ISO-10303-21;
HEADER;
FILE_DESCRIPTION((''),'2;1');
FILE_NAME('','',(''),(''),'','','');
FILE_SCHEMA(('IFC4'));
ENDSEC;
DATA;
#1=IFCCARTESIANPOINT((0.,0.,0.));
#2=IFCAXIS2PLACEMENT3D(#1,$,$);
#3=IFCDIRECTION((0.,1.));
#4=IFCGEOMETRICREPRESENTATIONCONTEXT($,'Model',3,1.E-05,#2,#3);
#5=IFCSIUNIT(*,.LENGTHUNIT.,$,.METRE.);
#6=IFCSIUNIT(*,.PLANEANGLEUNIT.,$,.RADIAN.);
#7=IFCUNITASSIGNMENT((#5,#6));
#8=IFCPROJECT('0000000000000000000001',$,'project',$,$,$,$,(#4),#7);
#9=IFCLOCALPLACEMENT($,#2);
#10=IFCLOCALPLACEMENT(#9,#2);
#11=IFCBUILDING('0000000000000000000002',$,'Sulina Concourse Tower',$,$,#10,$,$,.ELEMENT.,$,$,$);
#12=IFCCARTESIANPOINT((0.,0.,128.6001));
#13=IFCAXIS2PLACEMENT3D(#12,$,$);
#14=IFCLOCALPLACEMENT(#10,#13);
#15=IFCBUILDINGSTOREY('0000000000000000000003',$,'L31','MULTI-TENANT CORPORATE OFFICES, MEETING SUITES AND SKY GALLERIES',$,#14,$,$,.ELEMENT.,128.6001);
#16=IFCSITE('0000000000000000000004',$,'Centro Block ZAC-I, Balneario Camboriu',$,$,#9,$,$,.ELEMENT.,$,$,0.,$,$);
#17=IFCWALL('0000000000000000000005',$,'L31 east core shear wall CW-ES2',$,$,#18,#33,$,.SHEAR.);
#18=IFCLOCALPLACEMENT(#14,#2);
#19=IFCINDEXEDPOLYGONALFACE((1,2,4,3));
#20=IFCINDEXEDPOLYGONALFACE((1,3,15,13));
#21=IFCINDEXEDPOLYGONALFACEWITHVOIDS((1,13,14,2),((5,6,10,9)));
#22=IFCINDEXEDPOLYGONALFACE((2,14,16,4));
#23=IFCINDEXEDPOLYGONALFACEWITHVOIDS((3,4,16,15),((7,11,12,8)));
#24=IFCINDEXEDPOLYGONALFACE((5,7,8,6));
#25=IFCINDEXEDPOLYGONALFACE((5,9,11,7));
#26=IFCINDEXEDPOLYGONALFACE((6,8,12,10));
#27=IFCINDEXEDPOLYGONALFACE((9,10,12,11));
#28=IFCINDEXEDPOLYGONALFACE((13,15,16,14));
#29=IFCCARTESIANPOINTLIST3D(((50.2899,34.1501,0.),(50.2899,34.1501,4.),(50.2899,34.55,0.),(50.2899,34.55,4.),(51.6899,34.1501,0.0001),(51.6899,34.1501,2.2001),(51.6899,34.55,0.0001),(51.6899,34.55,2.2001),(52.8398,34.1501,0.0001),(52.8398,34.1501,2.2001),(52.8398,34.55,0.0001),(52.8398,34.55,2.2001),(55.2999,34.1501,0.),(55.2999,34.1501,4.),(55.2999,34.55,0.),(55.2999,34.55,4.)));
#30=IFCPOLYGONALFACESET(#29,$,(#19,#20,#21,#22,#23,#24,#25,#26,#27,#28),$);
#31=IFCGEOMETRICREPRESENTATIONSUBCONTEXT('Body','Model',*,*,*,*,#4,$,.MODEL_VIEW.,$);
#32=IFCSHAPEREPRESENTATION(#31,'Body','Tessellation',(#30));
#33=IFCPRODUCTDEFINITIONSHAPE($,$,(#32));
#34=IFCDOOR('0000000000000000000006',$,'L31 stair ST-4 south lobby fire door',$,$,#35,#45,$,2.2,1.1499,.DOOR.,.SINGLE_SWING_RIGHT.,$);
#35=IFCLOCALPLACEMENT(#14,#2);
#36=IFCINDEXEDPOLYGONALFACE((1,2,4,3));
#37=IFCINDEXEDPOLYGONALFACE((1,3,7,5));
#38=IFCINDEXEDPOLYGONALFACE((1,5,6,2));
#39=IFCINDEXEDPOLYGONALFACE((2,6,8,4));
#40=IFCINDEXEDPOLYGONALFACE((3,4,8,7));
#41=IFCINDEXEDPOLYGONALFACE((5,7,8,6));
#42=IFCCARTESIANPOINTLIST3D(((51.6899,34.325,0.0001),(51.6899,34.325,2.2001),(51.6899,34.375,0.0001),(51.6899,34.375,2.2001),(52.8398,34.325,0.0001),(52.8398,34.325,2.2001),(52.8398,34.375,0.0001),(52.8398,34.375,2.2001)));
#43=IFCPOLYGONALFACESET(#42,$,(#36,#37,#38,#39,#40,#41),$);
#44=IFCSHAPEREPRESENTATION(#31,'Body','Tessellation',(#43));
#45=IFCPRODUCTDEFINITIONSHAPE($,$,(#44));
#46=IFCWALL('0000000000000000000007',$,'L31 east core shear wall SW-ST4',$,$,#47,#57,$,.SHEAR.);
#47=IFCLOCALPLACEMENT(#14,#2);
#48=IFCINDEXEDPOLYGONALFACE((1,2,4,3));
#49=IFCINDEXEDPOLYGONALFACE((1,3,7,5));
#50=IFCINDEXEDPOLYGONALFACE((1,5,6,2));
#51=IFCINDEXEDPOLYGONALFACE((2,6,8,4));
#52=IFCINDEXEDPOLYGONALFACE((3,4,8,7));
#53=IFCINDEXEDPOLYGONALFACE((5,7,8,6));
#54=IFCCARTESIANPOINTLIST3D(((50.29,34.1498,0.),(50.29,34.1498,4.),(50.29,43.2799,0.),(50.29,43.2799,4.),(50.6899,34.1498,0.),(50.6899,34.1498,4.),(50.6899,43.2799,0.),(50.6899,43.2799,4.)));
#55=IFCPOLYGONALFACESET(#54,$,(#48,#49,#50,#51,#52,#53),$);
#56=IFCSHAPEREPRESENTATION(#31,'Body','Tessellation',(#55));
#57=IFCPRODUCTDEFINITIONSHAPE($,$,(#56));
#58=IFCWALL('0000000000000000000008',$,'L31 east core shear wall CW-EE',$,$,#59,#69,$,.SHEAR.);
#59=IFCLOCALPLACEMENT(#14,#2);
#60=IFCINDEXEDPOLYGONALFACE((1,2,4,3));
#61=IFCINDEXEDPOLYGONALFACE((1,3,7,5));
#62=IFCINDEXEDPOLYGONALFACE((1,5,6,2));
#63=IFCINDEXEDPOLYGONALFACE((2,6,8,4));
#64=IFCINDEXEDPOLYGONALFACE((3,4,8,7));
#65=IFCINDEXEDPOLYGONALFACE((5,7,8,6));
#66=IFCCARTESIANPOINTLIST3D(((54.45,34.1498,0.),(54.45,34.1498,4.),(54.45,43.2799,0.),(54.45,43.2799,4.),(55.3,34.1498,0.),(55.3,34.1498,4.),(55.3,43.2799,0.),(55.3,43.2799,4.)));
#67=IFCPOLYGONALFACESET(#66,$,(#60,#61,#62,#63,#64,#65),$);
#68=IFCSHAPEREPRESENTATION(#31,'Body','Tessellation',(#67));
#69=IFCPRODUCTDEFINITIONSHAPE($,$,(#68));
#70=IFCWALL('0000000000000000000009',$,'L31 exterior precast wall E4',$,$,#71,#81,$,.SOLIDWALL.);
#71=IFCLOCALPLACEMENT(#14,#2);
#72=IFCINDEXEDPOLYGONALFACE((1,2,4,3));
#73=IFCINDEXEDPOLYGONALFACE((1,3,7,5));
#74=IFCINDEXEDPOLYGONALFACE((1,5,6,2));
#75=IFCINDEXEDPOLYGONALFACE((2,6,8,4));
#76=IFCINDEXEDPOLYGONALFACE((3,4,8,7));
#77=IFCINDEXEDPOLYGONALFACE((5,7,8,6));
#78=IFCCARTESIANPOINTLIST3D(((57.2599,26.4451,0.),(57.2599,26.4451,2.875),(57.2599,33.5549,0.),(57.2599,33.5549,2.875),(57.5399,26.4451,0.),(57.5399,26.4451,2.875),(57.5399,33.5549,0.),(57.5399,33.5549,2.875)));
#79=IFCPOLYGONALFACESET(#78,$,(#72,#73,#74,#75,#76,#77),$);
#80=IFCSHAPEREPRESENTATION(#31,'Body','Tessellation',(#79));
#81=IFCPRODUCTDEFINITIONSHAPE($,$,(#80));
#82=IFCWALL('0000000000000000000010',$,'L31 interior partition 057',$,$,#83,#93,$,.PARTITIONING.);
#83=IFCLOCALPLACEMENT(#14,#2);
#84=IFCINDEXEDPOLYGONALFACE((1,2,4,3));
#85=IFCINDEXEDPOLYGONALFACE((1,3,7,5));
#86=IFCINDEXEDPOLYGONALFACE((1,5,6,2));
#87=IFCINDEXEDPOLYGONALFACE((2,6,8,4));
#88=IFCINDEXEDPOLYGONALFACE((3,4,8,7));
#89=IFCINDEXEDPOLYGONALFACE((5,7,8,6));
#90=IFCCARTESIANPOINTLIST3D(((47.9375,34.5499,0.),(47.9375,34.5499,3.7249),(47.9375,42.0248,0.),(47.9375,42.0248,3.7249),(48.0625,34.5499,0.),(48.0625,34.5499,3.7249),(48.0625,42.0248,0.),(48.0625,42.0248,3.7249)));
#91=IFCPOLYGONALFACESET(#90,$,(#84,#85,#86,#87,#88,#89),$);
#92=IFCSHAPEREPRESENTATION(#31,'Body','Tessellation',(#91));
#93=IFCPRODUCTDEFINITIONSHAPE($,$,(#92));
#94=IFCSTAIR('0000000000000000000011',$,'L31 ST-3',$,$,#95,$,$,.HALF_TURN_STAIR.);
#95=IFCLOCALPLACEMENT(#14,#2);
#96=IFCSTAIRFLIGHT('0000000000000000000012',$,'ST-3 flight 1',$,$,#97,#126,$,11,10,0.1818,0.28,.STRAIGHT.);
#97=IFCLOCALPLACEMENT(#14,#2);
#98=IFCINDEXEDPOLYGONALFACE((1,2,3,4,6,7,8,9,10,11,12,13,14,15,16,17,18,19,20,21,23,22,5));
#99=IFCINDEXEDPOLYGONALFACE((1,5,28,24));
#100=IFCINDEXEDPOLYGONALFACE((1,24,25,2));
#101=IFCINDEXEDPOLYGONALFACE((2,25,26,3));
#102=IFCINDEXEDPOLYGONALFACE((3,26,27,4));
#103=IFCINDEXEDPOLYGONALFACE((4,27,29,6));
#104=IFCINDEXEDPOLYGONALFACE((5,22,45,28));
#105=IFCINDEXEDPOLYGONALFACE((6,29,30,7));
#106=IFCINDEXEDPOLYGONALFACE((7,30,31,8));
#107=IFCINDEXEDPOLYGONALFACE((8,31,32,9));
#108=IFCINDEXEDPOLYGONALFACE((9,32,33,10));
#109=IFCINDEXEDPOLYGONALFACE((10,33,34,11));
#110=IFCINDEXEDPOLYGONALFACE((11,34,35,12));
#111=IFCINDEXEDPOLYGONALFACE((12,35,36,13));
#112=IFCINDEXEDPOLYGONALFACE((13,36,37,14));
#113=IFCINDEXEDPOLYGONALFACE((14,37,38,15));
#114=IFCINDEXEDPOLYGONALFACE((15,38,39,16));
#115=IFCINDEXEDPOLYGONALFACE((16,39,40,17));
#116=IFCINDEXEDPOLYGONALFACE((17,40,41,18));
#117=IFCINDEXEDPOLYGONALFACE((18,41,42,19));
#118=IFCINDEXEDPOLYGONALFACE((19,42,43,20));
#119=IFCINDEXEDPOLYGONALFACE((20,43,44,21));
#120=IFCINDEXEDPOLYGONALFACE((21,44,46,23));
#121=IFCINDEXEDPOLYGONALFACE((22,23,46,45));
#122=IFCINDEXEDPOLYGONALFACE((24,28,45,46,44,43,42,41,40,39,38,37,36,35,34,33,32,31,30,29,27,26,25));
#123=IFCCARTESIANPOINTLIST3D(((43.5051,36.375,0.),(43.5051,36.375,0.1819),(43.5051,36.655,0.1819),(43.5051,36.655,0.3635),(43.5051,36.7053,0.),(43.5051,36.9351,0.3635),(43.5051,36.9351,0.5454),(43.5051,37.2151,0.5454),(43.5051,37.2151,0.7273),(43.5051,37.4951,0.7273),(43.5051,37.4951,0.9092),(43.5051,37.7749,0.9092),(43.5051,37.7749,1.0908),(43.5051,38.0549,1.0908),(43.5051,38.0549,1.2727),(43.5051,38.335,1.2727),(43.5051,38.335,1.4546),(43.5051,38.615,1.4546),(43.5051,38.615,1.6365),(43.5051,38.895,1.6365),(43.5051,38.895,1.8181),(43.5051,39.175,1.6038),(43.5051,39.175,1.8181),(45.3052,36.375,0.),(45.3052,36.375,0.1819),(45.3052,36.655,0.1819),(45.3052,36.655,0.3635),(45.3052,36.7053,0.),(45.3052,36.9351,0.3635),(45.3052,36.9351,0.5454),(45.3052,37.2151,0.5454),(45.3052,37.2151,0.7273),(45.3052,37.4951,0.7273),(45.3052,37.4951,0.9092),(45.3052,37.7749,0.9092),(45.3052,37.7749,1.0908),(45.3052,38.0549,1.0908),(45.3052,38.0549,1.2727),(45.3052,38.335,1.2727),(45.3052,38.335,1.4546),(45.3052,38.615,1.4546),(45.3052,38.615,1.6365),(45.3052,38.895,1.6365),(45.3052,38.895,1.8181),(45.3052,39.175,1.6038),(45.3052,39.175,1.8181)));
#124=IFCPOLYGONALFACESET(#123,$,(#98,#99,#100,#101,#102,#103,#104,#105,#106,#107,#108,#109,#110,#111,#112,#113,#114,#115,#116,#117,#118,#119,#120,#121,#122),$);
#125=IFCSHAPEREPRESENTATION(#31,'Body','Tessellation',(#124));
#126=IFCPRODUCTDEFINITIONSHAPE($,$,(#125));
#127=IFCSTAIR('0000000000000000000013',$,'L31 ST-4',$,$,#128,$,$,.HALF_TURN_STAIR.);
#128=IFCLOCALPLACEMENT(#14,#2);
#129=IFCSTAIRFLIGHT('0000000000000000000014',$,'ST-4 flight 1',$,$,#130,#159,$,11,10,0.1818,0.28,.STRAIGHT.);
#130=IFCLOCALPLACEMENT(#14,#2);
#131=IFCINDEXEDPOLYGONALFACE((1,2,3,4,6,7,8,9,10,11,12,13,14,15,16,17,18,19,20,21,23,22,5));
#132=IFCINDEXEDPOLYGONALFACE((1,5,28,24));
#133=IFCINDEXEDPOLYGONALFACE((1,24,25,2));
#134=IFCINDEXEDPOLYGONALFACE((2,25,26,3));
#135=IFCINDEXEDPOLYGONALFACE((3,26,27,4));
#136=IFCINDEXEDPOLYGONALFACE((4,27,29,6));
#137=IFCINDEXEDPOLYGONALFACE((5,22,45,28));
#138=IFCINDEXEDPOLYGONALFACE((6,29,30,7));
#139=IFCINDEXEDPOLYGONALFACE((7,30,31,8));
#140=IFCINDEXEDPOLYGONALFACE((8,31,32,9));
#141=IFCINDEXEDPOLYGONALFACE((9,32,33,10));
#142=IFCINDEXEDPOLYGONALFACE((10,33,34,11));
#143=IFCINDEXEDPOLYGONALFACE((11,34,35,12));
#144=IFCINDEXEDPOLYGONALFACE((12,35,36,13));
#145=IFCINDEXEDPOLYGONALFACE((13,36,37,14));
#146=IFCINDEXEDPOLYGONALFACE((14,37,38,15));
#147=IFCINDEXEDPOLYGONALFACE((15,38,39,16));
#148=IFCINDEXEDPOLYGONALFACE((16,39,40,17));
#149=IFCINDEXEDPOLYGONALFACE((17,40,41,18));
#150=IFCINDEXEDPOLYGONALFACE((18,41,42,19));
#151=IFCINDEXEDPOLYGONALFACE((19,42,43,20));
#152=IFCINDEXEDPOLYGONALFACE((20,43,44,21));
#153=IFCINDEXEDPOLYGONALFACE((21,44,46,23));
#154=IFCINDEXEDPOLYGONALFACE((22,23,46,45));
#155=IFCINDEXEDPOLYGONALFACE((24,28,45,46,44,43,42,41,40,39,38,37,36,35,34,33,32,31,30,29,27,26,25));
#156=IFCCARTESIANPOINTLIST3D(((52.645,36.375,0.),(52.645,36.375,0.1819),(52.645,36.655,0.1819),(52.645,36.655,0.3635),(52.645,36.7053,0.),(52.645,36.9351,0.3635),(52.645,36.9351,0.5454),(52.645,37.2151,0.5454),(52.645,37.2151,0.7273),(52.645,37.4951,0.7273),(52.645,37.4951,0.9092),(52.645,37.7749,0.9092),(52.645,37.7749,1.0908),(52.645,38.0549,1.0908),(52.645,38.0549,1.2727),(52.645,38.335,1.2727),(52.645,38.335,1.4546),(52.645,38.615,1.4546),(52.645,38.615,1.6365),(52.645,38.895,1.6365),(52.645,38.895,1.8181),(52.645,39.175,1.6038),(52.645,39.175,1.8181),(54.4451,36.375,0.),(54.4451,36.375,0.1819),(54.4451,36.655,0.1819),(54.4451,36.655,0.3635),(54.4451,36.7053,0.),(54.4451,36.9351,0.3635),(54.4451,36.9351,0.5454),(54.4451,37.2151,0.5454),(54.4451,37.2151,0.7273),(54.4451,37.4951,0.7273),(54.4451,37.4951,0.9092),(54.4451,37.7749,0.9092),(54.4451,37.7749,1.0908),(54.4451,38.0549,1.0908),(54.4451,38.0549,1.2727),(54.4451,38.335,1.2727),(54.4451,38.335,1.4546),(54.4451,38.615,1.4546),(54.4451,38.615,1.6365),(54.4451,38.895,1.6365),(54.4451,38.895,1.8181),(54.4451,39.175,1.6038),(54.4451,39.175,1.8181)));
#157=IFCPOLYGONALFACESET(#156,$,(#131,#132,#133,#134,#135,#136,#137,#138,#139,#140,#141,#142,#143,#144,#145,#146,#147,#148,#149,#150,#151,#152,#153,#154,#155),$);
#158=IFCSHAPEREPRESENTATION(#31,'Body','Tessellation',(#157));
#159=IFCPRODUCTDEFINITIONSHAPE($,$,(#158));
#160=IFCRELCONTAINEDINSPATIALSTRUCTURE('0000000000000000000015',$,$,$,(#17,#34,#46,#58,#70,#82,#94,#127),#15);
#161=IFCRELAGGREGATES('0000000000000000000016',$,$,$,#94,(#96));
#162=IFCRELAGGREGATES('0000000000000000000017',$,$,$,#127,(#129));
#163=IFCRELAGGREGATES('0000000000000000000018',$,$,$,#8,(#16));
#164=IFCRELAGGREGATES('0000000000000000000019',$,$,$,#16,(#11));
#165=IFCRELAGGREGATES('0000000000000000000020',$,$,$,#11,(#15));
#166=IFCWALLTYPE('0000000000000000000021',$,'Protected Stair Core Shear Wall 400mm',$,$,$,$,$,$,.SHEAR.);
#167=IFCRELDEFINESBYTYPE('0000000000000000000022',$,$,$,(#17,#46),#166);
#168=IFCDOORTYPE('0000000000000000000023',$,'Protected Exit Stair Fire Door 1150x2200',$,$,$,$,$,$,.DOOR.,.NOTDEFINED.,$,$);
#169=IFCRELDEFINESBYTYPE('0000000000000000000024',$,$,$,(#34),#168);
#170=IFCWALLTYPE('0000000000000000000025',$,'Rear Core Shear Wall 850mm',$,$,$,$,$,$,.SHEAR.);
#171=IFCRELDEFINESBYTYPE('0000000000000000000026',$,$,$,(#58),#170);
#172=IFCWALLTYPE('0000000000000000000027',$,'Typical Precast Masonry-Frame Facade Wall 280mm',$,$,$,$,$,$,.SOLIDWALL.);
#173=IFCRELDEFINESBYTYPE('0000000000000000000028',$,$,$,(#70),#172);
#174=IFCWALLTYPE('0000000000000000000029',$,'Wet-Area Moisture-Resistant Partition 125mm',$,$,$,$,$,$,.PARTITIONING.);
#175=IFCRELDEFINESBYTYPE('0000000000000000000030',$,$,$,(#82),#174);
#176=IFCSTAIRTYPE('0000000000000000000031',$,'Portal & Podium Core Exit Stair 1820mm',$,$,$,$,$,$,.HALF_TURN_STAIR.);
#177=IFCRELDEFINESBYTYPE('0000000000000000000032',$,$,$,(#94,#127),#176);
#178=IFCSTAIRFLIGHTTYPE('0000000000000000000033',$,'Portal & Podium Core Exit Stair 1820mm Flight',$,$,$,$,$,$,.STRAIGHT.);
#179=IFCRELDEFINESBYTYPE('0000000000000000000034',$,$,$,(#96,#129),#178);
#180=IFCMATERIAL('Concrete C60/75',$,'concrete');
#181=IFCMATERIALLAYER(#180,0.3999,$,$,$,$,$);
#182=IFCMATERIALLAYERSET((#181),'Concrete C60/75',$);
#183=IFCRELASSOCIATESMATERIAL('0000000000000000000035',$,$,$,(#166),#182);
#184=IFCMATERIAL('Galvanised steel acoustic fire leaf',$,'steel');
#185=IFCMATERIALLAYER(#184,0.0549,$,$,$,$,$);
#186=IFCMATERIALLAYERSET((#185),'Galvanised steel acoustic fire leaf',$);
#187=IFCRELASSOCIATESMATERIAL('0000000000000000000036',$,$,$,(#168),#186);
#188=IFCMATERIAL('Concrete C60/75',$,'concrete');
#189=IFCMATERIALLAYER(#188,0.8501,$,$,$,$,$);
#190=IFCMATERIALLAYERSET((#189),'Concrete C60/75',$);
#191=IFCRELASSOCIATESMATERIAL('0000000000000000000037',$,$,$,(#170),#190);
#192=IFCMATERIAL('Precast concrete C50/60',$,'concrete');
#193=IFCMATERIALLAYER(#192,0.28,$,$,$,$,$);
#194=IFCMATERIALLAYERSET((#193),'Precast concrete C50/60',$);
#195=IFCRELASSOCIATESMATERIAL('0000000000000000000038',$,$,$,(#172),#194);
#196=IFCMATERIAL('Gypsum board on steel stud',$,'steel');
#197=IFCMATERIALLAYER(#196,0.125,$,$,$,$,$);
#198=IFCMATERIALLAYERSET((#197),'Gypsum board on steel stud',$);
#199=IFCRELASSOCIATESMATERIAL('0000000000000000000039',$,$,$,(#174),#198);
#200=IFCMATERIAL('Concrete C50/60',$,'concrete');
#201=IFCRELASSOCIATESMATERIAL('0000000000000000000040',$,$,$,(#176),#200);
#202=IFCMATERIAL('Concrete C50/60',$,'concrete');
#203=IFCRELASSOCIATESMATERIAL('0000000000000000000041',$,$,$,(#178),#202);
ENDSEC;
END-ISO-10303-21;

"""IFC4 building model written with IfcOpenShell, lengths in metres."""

from ifc_helpers import new_model, si_unit, direction, frame, frame_2d, origin, place, context, subcontext, project, spatial, polyline, rectangle, outline, extrude, material, layer, layer_set, type_object, element, fill, aggregate, save


model = new_model("IFC4")

# Units and contexts
model_context = context("Model", 3, precision=1e-05, world=origin(), true_north=direction((0.0, 1.0)))
body_context = subcontext(model_context, "Body", "Model", "MODEL_VIEW")
ifc_project = project(units=[si_unit("LENGTHUNIT", "METRE"), si_unit("PLANEANGLEUNIT", "RADIAN")], contexts=[model_context])

# Site, building, storey
site_placement = place(None, origin())
site = spatial("IfcSite", under=ifc_project, at=site_placement, Name="Centro Block ZAC-I, Balneario Camboriu", CompositionType="ELEMENT", RefElevation=0.0)
building_placement = place(site_placement, origin())
building = spatial("IfcBuilding", under=site, at=building_placement, Name="Sulina Concourse Tower", CompositionType="ELEMENT")
storey_placement = place(building_placement, frame((0.0, 0.0, 128.6001)))
storey = spatial("IfcBuildingStorey", under=building, at=storey_placement, Name="L31", Description="MULTI-TENANT CORPORATE OFFICES, MEETING SUITES AND SKY GALLERIES", CompositionType="ELEMENT", Elevation=128.6001)

# Shared definitions
ifc_material_1 = material(Name="Concrete C60/75", Category="concrete")
ifc_layer_1 = layer(ifc_material_1, 0.3999)
ifc_layer_set_1 = layer_set([ifc_layer_1], Name="Concrete C60/75")
wall_type_1 = type_object("IfcWallType", Name="Protected Stair Core Shear Wall 400mm", PredefinedType="SHEAR", material=ifc_layer_set_1)

# Wall, opening, door
wall_1_placement = place(storey_placement, frame((50.29, 34.3501, 0.0), z_axis=(0.0, 0.0, 1.0), x_axis=(1.0, 0.0, 0.0)))
wall_1 = element("IfcWall", 1, at=wall_1_placement, inside=storey, type_object=wall_type_1, Name="L31 east core shear wall CW-ES2", PredefinedType="SHEAR", context=body_context, shape_type="SweptSolid", body=[
    extrude(rectangle(XDim=5.01, YDim=0.3999, at=frame_2d((2.5049, 0.0))), origin(), (0.0, 0.0, 1.0), 4.0),
])
opening_1_placement = place(wall_1_placement, frame((1.3999, 0.0, 0.0)))
opening_1 = element("IfcOpeningElement", 2, at=opening_1_placement, cuts=wall_1, PredefinedType="OPENING", context=body_context, shape_type="SweptSolid", body=[
    extrude(rectangle(XDim=1.1499, YDim=2.2, at=frame_2d((0.575, 1.1001))), frame((0.0, 0.21, 0.0), z_axis=(0.0, -1.0, 0.0), x_axis=(1.0, 0.0, 0.0)), (0.0, 0.0, 1.0), 0.4199),
])
ifc_material_2 = material(Name="Galvanised steel acoustic fire leaf", Category="steel")
ifc_layer_2 = layer(ifc_material_2, 0.0549)
ifc_layer_set_2 = layer_set([ifc_layer_2], Name="Galvanised steel acoustic fire leaf")
door_type_1 = type_object("IfcDoorType", Name="Protected Exit Stair Fire Door 1150x2200", OperationType="NOTDEFINED", PredefinedType="DOOR", material=ifc_layer_set_2)
door_1_placement = place(opening_1_placement, origin())
door_1 = element("IfcDoor", 3, at=door_1_placement, inside=storey, type_object=door_type_1, Name="L31 stair ST-4 south lobby fire door", OperationType="SINGLE_SWING_RIGHT", OverallHeight=2.2, OverallWidth=1.1499, PredefinedType="DOOR", context=body_context, shape_type="SweptSolid", body=[
    extrude(rectangle(XDim=1.1499, YDim=2.2, at=frame_2d((0.575, 1.1001))), frame((0.0, 0.0249, 0.0), z_axis=(0.0, -1.0, 0.0), x_axis=(1.0, 0.0, 0.0)), (0.0, 0.0, 1.0), 0.05),
])
fill(opening_1, door_1)

# Walls
wall_2_placement = place(storey_placement, frame((50.49, 34.1499, 0.0), z_axis=(0.0, 0.0, 1.0), x_axis=(0.0, 1.0, 0.0)))
element("IfcWall", 4, at=wall_2_placement, inside=storey, type_object=wall_type_1, Name="L31 east core shear wall SW-ST4", PredefinedType="SHEAR", context=body_context, shape_type="SweptSolid", body=[
    extrude(rectangle(XDim=9.1301, YDim=0.3999, at=frame_2d((4.5649, 0.0))), origin(), (0.0, 0.0, 1.0), 4.0),
])
ifc_material_3 = material(Name="Concrete C60/75", Category="concrete")
ifc_layer_3 = layer(ifc_material_3, 0.8501)
ifc_layer_set_3 = layer_set([ifc_layer_3], Name="Concrete C60/75")
wall_type_2 = type_object("IfcWallType", Name="Rear Core Shear Wall 850mm", PredefinedType="SHEAR", material=ifc_layer_set_3)
wall_3_placement = place(storey_placement, frame((54.875, 34.1499, 0.0), z_axis=(0.0, 0.0, 1.0), x_axis=(0.0, 1.0, 0.0)))
element("IfcWall", 5, at=wall_3_placement, inside=storey, type_object=wall_type_2, Name="L31 east core shear wall CW-EE", PredefinedType="SHEAR", context=body_context, shape_type="SweptSolid", body=[
    extrude(rectangle(XDim=9.1301, YDim=0.8501, at=frame_2d((4.5649, 0.0))), origin(), (0.0, 0.0, 1.0), 4.0),
])
ifc_material_4 = material(Name="Precast concrete C50/60", Category="concrete")
ifc_layer_4 = layer(ifc_material_4, 0.28)
ifc_layer_set_4 = layer_set([ifc_layer_4], Name="Precast concrete C50/60")
wall_type_3 = type_object("IfcWallType", Name="Typical Precast Masonry-Frame Facade Wall 280mm", PredefinedType="SOLIDWALL", material=ifc_layer_set_4)
wall_4_placement = place(storey_placement, frame((57.3999, 33.5549, 0.0), z_axis=(0.0, 0.0, 1.0), x_axis=(0.0, -1.0, 0.0)))
element("IfcWall", 6, at=wall_4_placement, inside=storey, type_object=wall_type_3, Name="L31 exterior precast wall E4", PredefinedType="SOLIDWALL", context=body_context, shape_type="SweptSolid", body=[
    extrude(rectangle(XDim=7.1099, YDim=0.28, at=frame_2d((3.5549, 0.0))), origin(), (0.0, 0.0, 1.0), 2.875),
])
ifc_material_5 = material(Name="Gypsum board on steel stud", Category="steel")
ifc_layer_5 = layer(ifc_material_5, 0.125)
ifc_layer_set_5 = layer_set([ifc_layer_5], Name="Gypsum board on steel stud")
wall_type_4 = type_object("IfcWallType", Name="Wet-Area Moisture-Resistant Partition 125mm", PredefinedType="PARTITIONING", material=ifc_layer_set_5)
wall_5_placement = place(storey_placement, frame((48.0, 34.55, 0.0), z_axis=(0.0, 0.0, 1.0), x_axis=(0.0, 1.0, 0.0)))
element("IfcWall", 7, at=wall_5_placement, inside=storey, type_object=wall_type_4, Name="L31 interior partition 057", PredefinedType="PARTITIONING", context=body_context, shape_type="SweptSolid", body=[
    extrude(rectangle(XDim=7.4749, YDim=0.125, at=frame_2d((3.7373, 0.0))), origin(), (0.0, 0.0, 1.0), 3.7249),
])

# Stairs, stair flights
ifc_material_6 = material(Name="Concrete C50/60", Category="concrete")
stair_type = type_object("IfcStairType", Name="Portal & Podium Core Exit Stair 1820mm", PredefinedType="HALF_TURN_STAIR", material=ifc_material_6)
stair_1_placement = place(storey_placement, origin())
stair_1 = element("IfcStair", 8, at=stair_1_placement, inside=storey, type_object=stair_type, Name="L31 ST-3", PredefinedType="HALF_TURN_STAIR")
ifc_material_7 = material(Name="Concrete C50/60", Category="concrete")
stair_flight_type = type_object("IfcStairFlightType", Name="Portal & Podium Core Exit Stair 1820mm Flight", PredefinedType="STRAIGHT", material=ifc_material_7)
stair_flight_1_placement = place(storey_placement, frame((44.405, 36.375, 0.0), z_axis=(0.0, 0.0, 1.0), x_axis=(0.0, 1.0, 0.0)))
stair_flight_1 = element("IfcStairFlight", 9, at=stair_flight_1_placement, type_object=stair_flight_type, Name="ST-3 flight 1", NumberOfRisers=11, NumberOfTreads=10, PredefinedType="STRAIGHT", RiserHeight=0.1818, TreadLength=0.28, context=body_context, shape_type="SweptSolid", body=[
    extrude(outline(polyline([(0.0, 0.0), (0.0, 0.1819), (0.28, 0.1819), (0.28, 0.3635), (0.5601, 0.3635), (0.5601, 0.5454), (0.8401, 0.5454), (0.8401, 0.7273), (1.1201, 0.7273), (1.1201, 0.9092), (1.3999, 0.9092), (1.3999, 1.0908), (1.6799, 1.0908), (1.6799, 1.2727), (1.96, 1.2727), (1.96, 1.4546), (2.24, 1.4546), (2.24, 1.6365), (2.52, 1.6365), (2.52, 1.8181), (2.8, 1.8181), (2.8, 2.0), (2.8, 1.6038), (0.3303, 0.0), (0.0, 0.0)])), frame((0.0, 0.8999, 0.0), z_axis=(0.0, -1.0, 0.0), x_axis=(1.0, 0.0, 0.0)), (0.0, 0.0, 1.0), 1.8),
])
aggregate(stair_1, [stair_flight_1])
stair_2_placement = place(storey_placement, origin())
stair_2 = element("IfcStair", 10, at=stair_2_placement, inside=storey, type_object=stair_type, Name="L31 ST-4", PredefinedType="HALF_TURN_STAIR")
stair_flight_2_placement = place(storey_placement, frame((53.5449, 36.375, 0.0), z_axis=(0.0, 0.0, 1.0), x_axis=(0.0, 1.0, 0.0)))
stair_flight_2 = element("IfcStairFlight", 11, at=stair_flight_2_placement, type_object=stair_flight_type, Name="ST-4 flight 1", NumberOfRisers=11, NumberOfTreads=10, PredefinedType="STRAIGHT", RiserHeight=0.1818, TreadLength=0.28, context=body_context, shape_type="SweptSolid", body=[
    extrude(outline(polyline([(0.0, 0.0), (0.0, 0.1819), (0.28, 0.1819), (0.28, 0.3635), (0.5601, 0.3635), (0.5601, 0.5454), (0.8401, 0.5454), (0.8401, 0.7273), (1.1201, 0.7273), (1.1201, 0.9092), (1.3999, 0.9092), (1.3999, 1.0908), (1.6799, 1.0908), (1.6799, 1.2727), (1.96, 1.2727), (1.96, 1.4546), (2.24, 1.4546), (2.24, 1.6365), (2.52, 1.6365), (2.52, 1.8181), (2.8, 1.8181), (2.8, 2.0), (2.8, 1.6038), (0.3303, 0.0), (0.0, 0.0)])), frame((0.0, 0.8999, 0.0), z_axis=(0.0, -1.0, 0.0), x_axis=(1.0, 0.0, 0.0)), (0.0, 0.0, 1.0), 1.8),
])
aggregate(stair_2, [stair_flight_2])

save(model, "model.ifc")
